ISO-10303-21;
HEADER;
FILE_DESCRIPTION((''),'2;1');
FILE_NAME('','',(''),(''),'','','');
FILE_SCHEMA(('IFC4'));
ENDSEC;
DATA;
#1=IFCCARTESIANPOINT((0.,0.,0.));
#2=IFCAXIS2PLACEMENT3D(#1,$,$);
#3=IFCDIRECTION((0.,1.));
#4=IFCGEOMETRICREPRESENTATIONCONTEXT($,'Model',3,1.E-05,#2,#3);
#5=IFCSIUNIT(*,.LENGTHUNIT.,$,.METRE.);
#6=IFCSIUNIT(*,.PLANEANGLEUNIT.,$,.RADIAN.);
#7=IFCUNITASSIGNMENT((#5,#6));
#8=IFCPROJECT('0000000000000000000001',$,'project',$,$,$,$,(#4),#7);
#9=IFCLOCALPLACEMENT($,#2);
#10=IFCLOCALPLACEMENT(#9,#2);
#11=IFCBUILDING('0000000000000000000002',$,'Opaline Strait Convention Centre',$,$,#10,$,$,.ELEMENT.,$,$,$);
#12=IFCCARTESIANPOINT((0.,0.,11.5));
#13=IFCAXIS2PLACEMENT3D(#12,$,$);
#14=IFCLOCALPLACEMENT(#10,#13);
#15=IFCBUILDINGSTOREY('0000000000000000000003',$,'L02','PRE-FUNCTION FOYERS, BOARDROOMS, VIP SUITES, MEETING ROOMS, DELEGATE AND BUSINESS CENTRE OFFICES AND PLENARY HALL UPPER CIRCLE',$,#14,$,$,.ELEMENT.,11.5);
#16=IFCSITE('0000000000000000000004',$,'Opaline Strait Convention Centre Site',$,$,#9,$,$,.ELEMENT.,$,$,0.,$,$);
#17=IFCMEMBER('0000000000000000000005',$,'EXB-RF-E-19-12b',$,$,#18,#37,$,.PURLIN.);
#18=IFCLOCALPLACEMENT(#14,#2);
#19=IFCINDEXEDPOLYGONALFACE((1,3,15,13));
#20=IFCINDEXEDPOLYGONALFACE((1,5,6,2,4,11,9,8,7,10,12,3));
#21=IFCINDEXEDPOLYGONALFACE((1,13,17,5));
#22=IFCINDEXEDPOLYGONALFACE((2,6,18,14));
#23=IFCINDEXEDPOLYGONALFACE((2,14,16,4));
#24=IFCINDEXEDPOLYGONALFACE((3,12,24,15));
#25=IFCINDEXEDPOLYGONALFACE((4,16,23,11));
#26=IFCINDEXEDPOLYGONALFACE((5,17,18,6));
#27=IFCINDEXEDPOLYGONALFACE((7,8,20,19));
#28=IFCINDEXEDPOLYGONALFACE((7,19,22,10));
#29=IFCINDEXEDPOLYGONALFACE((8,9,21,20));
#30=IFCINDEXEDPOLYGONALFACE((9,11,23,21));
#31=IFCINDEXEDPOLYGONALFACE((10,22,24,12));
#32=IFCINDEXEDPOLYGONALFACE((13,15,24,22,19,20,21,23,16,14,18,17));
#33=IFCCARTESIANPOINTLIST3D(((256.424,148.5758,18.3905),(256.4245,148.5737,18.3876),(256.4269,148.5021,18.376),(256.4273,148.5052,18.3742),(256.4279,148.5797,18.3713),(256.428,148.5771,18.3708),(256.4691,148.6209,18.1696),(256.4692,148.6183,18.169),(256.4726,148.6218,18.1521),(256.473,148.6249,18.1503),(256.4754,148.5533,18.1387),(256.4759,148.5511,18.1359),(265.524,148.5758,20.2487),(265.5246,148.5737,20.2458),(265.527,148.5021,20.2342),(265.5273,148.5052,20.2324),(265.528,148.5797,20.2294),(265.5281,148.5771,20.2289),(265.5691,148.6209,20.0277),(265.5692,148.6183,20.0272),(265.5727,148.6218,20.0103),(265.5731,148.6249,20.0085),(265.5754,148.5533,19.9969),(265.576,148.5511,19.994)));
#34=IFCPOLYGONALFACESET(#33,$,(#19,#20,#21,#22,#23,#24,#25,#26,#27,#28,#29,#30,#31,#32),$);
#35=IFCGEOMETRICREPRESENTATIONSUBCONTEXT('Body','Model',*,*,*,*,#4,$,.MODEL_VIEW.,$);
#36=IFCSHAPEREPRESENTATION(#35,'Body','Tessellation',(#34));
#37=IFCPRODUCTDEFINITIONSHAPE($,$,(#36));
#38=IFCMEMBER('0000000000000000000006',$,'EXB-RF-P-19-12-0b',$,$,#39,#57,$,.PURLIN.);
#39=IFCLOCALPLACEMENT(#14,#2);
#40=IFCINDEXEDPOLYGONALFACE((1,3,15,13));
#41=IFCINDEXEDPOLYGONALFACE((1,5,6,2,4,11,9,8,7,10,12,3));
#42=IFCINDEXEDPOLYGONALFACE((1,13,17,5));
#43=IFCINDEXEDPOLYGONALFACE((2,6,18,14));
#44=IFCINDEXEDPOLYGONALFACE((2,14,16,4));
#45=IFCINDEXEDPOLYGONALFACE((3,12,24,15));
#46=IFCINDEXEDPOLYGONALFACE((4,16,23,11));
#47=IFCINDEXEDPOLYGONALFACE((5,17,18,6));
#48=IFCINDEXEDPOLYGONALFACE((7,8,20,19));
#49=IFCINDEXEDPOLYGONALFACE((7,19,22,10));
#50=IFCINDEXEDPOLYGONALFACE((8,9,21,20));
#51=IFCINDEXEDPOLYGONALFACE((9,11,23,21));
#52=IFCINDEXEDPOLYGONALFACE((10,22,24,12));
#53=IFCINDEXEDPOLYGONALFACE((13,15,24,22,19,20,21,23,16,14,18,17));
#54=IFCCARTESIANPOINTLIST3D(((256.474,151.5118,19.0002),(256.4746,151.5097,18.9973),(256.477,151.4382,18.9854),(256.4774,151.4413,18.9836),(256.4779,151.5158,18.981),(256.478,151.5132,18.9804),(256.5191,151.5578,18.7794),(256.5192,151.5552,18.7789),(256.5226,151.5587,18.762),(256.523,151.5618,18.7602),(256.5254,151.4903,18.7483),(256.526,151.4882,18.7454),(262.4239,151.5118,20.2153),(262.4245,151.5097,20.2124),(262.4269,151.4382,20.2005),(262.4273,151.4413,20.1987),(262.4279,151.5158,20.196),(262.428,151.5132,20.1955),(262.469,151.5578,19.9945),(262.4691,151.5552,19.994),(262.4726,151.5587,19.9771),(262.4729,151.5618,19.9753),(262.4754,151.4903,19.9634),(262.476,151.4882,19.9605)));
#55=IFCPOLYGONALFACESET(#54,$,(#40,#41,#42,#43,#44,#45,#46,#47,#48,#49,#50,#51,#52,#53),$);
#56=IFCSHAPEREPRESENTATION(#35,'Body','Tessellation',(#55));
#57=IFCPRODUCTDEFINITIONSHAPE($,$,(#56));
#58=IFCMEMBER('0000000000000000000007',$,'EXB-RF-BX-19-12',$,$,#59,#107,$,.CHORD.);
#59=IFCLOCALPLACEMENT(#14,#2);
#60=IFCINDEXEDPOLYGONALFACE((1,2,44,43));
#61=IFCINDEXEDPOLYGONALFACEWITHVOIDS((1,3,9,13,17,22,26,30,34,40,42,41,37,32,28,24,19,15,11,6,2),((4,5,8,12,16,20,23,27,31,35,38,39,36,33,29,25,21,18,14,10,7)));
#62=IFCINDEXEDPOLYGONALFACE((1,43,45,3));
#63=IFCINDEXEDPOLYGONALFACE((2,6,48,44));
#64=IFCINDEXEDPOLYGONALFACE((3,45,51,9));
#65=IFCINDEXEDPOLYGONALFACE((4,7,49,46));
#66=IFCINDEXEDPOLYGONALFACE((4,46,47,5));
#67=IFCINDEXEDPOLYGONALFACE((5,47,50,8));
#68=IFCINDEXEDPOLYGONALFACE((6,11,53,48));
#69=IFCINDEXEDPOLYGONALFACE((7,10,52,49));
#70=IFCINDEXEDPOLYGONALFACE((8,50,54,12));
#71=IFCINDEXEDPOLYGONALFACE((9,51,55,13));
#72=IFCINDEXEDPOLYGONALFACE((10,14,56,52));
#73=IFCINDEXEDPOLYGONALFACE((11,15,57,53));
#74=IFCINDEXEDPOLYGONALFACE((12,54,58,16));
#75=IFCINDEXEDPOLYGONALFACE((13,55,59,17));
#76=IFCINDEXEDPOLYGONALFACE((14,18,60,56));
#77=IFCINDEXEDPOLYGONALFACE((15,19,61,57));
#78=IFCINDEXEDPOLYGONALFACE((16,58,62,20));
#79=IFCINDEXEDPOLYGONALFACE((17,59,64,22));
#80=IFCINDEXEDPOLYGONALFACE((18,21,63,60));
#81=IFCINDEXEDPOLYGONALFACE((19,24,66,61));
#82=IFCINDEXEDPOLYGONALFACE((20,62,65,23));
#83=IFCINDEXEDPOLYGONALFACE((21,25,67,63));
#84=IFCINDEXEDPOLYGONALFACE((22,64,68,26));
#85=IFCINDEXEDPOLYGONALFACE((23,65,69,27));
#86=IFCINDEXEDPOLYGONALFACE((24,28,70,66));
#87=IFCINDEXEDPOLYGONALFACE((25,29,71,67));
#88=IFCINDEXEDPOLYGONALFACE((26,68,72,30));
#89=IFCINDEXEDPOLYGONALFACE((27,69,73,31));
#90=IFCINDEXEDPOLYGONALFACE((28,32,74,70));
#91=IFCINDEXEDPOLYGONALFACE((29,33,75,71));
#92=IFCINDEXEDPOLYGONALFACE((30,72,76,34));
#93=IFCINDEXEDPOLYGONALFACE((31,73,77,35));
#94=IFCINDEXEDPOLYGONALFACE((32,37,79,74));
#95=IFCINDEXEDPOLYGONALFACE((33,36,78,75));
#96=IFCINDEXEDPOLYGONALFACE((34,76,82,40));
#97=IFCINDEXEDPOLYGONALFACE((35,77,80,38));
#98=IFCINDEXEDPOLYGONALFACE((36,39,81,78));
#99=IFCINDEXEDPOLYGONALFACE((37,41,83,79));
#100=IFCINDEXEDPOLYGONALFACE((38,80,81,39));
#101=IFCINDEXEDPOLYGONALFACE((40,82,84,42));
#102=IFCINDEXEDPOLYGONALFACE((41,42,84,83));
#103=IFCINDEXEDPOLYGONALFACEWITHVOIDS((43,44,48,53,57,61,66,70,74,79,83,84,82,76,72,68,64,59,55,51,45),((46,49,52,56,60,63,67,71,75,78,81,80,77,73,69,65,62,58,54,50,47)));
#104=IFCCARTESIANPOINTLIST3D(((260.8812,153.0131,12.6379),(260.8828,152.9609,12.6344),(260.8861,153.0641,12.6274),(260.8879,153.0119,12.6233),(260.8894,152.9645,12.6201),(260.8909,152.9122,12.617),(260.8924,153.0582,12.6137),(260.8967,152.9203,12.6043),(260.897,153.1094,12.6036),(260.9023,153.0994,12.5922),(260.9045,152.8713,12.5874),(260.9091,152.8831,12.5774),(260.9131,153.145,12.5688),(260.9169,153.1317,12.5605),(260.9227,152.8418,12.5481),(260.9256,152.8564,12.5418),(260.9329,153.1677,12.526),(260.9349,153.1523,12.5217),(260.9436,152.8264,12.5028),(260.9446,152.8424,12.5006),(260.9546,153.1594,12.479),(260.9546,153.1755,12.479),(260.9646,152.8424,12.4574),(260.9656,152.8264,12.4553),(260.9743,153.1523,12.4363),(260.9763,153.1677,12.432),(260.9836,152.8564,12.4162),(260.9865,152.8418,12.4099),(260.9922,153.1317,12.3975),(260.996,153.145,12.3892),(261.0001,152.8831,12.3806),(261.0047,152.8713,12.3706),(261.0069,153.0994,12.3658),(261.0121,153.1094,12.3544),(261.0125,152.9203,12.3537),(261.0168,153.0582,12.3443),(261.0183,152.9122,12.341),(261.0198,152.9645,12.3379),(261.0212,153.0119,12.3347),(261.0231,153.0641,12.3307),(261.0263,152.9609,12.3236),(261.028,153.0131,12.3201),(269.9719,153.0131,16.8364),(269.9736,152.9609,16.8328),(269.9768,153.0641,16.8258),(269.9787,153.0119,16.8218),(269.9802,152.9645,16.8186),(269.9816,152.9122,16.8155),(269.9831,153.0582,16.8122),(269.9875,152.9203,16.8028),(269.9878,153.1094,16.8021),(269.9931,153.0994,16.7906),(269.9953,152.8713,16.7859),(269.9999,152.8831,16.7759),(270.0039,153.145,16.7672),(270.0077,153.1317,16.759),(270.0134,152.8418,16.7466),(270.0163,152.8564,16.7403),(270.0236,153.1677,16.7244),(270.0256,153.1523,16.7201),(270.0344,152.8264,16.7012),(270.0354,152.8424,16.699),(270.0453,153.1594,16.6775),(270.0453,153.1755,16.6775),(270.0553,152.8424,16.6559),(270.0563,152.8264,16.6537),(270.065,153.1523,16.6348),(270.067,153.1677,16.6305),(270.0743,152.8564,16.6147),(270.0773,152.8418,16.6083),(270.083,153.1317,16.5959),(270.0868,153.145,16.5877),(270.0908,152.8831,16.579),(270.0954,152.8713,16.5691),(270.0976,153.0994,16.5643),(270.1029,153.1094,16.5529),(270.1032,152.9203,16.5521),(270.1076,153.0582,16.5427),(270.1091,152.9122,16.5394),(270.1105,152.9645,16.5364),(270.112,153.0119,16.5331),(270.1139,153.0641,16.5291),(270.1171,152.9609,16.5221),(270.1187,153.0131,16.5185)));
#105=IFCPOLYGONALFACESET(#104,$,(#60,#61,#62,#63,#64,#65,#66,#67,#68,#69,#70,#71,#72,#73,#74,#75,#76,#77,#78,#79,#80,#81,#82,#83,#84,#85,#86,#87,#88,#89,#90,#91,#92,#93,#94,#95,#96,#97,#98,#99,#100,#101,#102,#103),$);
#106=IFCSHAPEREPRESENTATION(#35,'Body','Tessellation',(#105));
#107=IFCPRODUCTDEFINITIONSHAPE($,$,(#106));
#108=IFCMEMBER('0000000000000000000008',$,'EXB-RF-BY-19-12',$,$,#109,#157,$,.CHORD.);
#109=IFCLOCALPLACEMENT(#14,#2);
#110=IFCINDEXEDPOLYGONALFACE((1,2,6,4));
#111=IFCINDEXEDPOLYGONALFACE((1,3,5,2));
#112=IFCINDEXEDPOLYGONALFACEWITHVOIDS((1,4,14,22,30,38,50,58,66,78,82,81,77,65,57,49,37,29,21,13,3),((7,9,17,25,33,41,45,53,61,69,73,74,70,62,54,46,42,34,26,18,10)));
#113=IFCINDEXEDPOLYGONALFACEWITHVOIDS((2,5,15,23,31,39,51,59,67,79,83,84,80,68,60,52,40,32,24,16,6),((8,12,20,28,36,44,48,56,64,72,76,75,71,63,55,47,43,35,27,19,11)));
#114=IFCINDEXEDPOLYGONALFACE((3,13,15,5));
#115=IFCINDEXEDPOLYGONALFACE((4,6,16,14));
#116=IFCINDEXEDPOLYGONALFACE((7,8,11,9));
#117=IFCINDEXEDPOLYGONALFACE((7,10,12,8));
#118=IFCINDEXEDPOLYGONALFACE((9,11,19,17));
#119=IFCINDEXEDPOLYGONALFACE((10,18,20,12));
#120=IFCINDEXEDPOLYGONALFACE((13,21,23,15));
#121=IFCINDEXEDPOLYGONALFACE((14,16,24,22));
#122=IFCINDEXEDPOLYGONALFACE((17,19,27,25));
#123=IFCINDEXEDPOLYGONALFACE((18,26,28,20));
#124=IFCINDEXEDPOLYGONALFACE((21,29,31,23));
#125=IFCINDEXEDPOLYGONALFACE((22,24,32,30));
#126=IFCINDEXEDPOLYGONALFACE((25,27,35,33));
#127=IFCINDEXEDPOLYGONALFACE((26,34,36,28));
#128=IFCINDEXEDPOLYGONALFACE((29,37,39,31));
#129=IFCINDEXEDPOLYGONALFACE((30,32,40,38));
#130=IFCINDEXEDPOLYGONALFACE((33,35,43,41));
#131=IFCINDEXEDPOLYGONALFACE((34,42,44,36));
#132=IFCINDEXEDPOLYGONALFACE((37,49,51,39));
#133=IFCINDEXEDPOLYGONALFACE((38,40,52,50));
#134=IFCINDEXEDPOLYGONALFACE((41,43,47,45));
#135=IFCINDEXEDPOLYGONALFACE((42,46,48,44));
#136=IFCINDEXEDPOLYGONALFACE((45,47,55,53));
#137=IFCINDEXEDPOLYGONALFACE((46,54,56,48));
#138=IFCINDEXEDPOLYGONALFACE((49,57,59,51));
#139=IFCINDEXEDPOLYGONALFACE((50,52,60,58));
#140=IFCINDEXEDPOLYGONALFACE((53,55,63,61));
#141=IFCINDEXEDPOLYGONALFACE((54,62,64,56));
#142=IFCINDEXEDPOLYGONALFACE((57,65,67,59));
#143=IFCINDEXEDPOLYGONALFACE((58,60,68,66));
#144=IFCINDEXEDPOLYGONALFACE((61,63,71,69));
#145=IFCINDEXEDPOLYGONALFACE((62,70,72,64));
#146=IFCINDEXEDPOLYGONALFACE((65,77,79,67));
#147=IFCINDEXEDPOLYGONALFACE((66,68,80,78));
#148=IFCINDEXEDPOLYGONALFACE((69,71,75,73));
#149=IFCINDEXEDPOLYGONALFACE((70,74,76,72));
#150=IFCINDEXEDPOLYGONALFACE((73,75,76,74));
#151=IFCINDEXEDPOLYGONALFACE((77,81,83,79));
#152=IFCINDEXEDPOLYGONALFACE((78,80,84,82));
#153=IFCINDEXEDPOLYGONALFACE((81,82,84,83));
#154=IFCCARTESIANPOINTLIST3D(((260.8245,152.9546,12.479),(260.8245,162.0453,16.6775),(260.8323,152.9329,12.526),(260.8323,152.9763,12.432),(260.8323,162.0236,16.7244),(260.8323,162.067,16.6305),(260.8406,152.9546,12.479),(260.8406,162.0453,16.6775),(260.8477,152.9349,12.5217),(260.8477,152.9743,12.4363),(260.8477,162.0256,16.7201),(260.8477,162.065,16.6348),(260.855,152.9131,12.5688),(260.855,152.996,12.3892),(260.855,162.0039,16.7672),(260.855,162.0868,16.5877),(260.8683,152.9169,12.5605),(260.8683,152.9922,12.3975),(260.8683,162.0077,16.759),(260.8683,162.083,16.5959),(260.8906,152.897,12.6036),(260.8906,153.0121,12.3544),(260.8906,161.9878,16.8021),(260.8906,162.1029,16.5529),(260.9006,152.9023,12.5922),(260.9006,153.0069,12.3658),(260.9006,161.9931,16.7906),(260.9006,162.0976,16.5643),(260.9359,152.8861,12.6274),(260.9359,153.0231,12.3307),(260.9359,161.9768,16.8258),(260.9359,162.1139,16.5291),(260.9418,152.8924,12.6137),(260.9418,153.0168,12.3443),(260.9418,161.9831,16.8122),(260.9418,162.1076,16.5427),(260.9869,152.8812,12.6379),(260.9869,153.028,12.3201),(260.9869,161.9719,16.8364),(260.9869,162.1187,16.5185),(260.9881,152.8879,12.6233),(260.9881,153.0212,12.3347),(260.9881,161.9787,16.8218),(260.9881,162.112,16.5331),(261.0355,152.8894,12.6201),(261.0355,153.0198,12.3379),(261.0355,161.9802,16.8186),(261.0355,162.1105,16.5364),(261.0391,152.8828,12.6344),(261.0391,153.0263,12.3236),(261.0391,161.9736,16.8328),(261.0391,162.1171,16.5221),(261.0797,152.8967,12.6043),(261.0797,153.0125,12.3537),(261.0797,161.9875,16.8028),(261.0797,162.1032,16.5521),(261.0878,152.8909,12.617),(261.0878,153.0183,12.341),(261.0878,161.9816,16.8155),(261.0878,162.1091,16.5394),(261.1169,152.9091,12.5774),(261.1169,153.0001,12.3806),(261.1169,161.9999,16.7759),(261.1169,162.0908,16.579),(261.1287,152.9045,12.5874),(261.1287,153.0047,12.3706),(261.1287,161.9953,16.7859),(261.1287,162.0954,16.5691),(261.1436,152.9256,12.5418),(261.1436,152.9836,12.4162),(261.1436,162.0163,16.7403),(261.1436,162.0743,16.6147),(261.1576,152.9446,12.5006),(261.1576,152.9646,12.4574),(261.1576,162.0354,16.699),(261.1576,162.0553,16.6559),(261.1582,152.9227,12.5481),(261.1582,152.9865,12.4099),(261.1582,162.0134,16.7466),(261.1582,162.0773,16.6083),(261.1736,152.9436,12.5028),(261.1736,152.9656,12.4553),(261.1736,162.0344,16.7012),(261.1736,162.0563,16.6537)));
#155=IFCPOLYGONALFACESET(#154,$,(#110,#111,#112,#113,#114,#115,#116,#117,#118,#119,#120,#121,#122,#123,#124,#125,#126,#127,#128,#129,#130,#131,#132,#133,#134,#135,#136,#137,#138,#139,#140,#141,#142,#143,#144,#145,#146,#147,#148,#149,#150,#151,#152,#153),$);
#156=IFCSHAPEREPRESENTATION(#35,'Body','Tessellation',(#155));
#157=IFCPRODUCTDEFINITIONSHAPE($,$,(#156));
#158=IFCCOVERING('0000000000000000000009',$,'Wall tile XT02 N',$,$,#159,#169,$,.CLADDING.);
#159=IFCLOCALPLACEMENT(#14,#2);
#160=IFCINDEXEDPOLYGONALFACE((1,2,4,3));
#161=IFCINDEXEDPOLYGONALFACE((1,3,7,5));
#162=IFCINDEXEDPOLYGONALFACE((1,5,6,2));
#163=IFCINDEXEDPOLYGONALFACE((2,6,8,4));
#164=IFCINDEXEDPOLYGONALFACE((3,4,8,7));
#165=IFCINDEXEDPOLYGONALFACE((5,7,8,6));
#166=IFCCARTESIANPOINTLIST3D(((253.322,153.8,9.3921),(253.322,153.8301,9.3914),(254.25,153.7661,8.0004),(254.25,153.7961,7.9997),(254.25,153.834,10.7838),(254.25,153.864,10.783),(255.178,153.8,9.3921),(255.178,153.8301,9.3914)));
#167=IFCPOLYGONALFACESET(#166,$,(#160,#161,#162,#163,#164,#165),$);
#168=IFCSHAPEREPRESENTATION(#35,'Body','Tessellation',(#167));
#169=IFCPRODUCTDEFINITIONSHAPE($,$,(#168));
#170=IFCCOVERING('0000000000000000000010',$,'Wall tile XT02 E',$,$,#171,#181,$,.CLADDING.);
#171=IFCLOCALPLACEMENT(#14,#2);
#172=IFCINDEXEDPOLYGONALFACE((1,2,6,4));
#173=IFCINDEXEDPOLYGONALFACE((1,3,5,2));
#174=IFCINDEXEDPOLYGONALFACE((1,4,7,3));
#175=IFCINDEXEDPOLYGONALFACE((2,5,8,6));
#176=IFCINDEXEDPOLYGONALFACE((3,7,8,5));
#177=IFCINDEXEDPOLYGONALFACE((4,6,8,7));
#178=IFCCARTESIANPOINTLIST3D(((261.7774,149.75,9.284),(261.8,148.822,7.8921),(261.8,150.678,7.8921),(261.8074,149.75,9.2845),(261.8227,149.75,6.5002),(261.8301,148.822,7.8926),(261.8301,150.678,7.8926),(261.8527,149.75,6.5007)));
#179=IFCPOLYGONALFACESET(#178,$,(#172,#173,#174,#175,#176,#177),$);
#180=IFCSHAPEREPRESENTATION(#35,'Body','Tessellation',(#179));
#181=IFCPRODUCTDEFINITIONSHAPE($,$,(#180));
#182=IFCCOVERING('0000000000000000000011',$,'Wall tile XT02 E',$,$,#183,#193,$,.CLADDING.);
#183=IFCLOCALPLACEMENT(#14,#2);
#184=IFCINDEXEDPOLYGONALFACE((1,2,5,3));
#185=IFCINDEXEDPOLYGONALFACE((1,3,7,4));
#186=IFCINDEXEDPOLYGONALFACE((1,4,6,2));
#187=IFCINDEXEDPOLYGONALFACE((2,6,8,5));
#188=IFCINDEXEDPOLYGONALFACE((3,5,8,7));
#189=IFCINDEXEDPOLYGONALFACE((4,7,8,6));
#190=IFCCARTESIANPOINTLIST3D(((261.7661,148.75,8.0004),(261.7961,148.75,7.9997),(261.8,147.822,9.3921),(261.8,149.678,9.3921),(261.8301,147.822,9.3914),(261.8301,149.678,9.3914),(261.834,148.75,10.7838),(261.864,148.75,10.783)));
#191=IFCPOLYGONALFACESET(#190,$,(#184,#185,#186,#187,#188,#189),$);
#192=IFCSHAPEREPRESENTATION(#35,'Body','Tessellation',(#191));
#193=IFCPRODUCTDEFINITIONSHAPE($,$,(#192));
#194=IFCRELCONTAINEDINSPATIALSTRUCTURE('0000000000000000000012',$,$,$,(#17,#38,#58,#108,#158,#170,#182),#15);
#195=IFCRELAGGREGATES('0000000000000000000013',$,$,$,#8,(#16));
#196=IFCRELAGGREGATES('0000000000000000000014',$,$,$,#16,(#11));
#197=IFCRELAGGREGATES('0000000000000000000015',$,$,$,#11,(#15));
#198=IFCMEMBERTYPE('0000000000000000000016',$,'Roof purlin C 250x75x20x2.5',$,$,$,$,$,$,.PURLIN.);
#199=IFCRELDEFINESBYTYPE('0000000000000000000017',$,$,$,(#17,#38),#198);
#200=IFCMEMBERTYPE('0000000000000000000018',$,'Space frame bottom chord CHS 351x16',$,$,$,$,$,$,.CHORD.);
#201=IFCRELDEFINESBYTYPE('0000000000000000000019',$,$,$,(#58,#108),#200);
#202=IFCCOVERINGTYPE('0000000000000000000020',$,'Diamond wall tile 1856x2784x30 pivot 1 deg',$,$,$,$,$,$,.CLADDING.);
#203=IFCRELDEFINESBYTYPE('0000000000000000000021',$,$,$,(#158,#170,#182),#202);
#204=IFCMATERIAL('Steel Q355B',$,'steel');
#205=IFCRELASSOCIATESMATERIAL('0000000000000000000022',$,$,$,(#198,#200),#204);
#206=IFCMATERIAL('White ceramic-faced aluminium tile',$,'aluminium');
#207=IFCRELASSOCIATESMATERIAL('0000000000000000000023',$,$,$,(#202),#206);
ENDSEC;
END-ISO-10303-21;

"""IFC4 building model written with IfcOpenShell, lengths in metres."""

from ifc_helpers import new_model, si_unit, direction, frame, origin, origin_2d, place, context, subcontext, project, spatial, polyline, hollow_circle, outline, extrude, material, material_profile, profile_set, type_object, element, save


model = new_model("IFC4")

# Units and contexts
model_context = context("Model", 3, precision=1e-05, world=origin(), true_north=direction((0.0, 1.0)))
body_context = subcontext(model_context, "Body", "Model", "MODEL_VIEW")
ifc_project = project(units=[si_unit("LENGTHUNIT", "METRE"), si_unit("PLANEANGLEUNIT", "RADIAN")], contexts=[model_context])

# Site, building, storey
site_placement = place(None, origin())
site = spatial("IfcSite", under=ifc_project, at=site_placement, Name="Opaline Strait Convention Centre Site", CompositionType="ELEMENT", RefElevation=0.0)
building_placement = place(site_placement, origin())
building = spatial("IfcBuilding", under=site, at=building_placement, Name="Opaline Strait Convention Centre", CompositionType="ELEMENT")
storey_placement = place(building_placement, frame((0.0, 0.0, 11.5)))
storey = spatial("IfcBuildingStorey", under=building, at=storey_placement, Name="L02", Description="PRE-FUNCTION FOYERS, BOARDROOMS, VIP SUITES, MEETING ROOMS, DELEGATE AND BUSINESS CENTRE OFFICES AND PLENARY HALL UPPER CIRCLE", CompositionType="ELEMENT", Elevation=11.5)

# Members
ifc_material_1 = material(Name="Steel Q355B", Category="steel")
ifc_material_profile_1 = material_profile(ifc_material_1, outline(polyline([(-0.0376, -0.125), (0.0376, -0.125), (0.0376, -0.105), (0.0349, -0.105), (0.0349, -0.1226), (-0.0349, -0.1226), (-0.0349, 0.1226), (0.0349, 0.1226), (0.0349, 0.105), (0.0376, 0.105), (0.0376, 0.125), (-0.0376, 0.125), (-0.0376, -0.125)])), Name="C 250x75x20x2.5")
ifc_profile_set_1 = profile_set([ifc_material_profile_1], Name="Steel Q355B")
member_type_1 = type_object("IfcMemberType", Name="Roof purlin C 250x75x20x2.5", PredefinedType="PURLIN", material=ifc_profile_set_1)
member_1_placement = place(storey_placement, frame((256.45, 148.5635, 18.2632), z_axis=(0.979783, 0.0, 0.200062), x_axis=(-0.03925, 0.980566, 0.192223)))
element("IfcMember", 1, at=member_1_placement, inside=storey, type_object=member_type_1, Name="EXB-RF-E-19-12b", PredefinedType="PURLIN", context=body_context, shape_type="SweptSolid", body=[
    extrude(outline(polyline([(-0.0376, -0.125), (0.0376, -0.125), (0.0376, -0.105), (0.0349, -0.105), (0.0349, -0.1226), (-0.0349, -0.1226), (-0.0349, 0.1226), (0.0349, 0.1226), (0.0349, 0.105), (0.0376, 0.105), (0.0376, 0.125), (-0.0376, 0.125), (-0.0376, -0.125)])), origin(), (0.0, 0.0, 1.0), 9.2878),
])
member_2_placement = place(storey_placement, frame((256.5, 151.5, 18.8728), z_axis=(0.979778, 0.0, 0.200088), x_axis=(-0.040033, 0.97978, 0.196032)))
element("IfcMember", 2, at=member_2_placement, inside=storey, type_object=member_type_1, Name="EXB-RF-P-19-12-0b", PredefinedType="PURLIN", context=body_context, shape_type="SweptSolid", body=[
    extrude(outline(polyline([(-0.0376, -0.125), (0.0376, -0.125), (0.0376, -0.105), (0.0349, -0.105), (0.0349, -0.1226), (-0.0349, -0.1226), (-0.0349, 0.1226), (0.0349, 0.1226), (0.0349, 0.105), (0.0376, 0.105), (0.0376, 0.125), (-0.0376, 0.125), (-0.0376, -0.125)])), origin(), (0.0, 0.0, 1.0), 6.0728),
])
ifc_material_profile_2 = material_profile(ifc_material_1, hollow_circle(Radius=0.1755, WallThickness=0.0161, at=origin_2d()), Name="CHS 351x16")
ifc_profile_set_2 = profile_set([ifc_material_profile_2], Name="Steel Q355B")
member_type_2 = type_object("IfcMemberType", Name="Space frame bottom chord CHS 351x16", PredefinedType="CHORD", material=ifc_profile_set_2)
for number, where, z_axis, x_axis, name in (
    (3, (260.9546, 153.0, 12.479), (0.907856, 0.0, 0.419282), (0.0, 1.0, 0.0), "EXB-RF-BX-19-12"),
    (4, (261.0, 152.9546, 12.479), (0.0, 0.907856, 0.419282), (-1.0, 0.0, 0.0), "EXB-RF-BY-19-12"),
):
    element("IfcMember", number, at=place(storey_placement, frame(where, z_axis=z_axis, x_axis=x_axis)), inside=storey, type_object=member_type_2, Name=name, PredefinedType="CHORD", context=body_context, shape_type="SweptSolid", body=[
        extrude(hollow_circle(Radius=0.1755, WallThickness=0.0161, at=origin_2d()), origin(), (0.0, 0.0, 1.0), 10.0134),
    ])

# Coverings
ifc_material_2 = material(Name="White ceramic-faced aluminium tile", Category="aluminium")
ifc_material_profile_3 = material_profile(ifc_material_2, outline(polyline([(0.928, 0.0), (0.0, 1.3921), (-0.928, 0.0), (0.0, -1.3921), (0.928, 0.0)])), Name="Diamond tile 1856x2784")
ifc_profile_set_3 = profile_set([ifc_material_profile_3], Name="White ceramic-faced aluminium tile")
covering_type_1 = type_object("IfcCoveringType", Name="Diamond wall tile 1856x2784x30 pivot 1 deg", PredefinedType="CLADDING", material=ifc_profile_set_3)
for number, where, z_axis, x_axis, name in (
    (5, (254.25, 153.8, 9.3921), (0.0, 0.999703, -0.024383), (-1.0, 0.0, 0.0), "Wall tile XT02 N"),
    (6, (261.8, 149.75, 7.8921), (0.999868, 0.0, 0.016258), (0.0, 1.0, 0.0), "Wall tile XT02 E"),
    (7, (261.8, 148.75, 9.3921), (0.999703, 0.0, -0.024383), (0.0, 1.0, 0.0), "Wall tile XT02 E"),
):
    element("IfcCovering", number, at=place(storey_placement, frame(where, z_axis=z_axis, x_axis=x_axis)), inside=storey, type_object=covering_type_1, Name=name, PredefinedType="CLADDING", context=body_context, shape_type="SweptSolid", body=[
        extrude(outline(polyline([(0.928, 0.0), (0.0, 1.3921), (-0.928, 0.0), (0.0, -1.3921), (0.928, 0.0)])), origin(), (0.0, 0.0, 1.0), 0.03),
    ])

save(model, "model.ifc")
